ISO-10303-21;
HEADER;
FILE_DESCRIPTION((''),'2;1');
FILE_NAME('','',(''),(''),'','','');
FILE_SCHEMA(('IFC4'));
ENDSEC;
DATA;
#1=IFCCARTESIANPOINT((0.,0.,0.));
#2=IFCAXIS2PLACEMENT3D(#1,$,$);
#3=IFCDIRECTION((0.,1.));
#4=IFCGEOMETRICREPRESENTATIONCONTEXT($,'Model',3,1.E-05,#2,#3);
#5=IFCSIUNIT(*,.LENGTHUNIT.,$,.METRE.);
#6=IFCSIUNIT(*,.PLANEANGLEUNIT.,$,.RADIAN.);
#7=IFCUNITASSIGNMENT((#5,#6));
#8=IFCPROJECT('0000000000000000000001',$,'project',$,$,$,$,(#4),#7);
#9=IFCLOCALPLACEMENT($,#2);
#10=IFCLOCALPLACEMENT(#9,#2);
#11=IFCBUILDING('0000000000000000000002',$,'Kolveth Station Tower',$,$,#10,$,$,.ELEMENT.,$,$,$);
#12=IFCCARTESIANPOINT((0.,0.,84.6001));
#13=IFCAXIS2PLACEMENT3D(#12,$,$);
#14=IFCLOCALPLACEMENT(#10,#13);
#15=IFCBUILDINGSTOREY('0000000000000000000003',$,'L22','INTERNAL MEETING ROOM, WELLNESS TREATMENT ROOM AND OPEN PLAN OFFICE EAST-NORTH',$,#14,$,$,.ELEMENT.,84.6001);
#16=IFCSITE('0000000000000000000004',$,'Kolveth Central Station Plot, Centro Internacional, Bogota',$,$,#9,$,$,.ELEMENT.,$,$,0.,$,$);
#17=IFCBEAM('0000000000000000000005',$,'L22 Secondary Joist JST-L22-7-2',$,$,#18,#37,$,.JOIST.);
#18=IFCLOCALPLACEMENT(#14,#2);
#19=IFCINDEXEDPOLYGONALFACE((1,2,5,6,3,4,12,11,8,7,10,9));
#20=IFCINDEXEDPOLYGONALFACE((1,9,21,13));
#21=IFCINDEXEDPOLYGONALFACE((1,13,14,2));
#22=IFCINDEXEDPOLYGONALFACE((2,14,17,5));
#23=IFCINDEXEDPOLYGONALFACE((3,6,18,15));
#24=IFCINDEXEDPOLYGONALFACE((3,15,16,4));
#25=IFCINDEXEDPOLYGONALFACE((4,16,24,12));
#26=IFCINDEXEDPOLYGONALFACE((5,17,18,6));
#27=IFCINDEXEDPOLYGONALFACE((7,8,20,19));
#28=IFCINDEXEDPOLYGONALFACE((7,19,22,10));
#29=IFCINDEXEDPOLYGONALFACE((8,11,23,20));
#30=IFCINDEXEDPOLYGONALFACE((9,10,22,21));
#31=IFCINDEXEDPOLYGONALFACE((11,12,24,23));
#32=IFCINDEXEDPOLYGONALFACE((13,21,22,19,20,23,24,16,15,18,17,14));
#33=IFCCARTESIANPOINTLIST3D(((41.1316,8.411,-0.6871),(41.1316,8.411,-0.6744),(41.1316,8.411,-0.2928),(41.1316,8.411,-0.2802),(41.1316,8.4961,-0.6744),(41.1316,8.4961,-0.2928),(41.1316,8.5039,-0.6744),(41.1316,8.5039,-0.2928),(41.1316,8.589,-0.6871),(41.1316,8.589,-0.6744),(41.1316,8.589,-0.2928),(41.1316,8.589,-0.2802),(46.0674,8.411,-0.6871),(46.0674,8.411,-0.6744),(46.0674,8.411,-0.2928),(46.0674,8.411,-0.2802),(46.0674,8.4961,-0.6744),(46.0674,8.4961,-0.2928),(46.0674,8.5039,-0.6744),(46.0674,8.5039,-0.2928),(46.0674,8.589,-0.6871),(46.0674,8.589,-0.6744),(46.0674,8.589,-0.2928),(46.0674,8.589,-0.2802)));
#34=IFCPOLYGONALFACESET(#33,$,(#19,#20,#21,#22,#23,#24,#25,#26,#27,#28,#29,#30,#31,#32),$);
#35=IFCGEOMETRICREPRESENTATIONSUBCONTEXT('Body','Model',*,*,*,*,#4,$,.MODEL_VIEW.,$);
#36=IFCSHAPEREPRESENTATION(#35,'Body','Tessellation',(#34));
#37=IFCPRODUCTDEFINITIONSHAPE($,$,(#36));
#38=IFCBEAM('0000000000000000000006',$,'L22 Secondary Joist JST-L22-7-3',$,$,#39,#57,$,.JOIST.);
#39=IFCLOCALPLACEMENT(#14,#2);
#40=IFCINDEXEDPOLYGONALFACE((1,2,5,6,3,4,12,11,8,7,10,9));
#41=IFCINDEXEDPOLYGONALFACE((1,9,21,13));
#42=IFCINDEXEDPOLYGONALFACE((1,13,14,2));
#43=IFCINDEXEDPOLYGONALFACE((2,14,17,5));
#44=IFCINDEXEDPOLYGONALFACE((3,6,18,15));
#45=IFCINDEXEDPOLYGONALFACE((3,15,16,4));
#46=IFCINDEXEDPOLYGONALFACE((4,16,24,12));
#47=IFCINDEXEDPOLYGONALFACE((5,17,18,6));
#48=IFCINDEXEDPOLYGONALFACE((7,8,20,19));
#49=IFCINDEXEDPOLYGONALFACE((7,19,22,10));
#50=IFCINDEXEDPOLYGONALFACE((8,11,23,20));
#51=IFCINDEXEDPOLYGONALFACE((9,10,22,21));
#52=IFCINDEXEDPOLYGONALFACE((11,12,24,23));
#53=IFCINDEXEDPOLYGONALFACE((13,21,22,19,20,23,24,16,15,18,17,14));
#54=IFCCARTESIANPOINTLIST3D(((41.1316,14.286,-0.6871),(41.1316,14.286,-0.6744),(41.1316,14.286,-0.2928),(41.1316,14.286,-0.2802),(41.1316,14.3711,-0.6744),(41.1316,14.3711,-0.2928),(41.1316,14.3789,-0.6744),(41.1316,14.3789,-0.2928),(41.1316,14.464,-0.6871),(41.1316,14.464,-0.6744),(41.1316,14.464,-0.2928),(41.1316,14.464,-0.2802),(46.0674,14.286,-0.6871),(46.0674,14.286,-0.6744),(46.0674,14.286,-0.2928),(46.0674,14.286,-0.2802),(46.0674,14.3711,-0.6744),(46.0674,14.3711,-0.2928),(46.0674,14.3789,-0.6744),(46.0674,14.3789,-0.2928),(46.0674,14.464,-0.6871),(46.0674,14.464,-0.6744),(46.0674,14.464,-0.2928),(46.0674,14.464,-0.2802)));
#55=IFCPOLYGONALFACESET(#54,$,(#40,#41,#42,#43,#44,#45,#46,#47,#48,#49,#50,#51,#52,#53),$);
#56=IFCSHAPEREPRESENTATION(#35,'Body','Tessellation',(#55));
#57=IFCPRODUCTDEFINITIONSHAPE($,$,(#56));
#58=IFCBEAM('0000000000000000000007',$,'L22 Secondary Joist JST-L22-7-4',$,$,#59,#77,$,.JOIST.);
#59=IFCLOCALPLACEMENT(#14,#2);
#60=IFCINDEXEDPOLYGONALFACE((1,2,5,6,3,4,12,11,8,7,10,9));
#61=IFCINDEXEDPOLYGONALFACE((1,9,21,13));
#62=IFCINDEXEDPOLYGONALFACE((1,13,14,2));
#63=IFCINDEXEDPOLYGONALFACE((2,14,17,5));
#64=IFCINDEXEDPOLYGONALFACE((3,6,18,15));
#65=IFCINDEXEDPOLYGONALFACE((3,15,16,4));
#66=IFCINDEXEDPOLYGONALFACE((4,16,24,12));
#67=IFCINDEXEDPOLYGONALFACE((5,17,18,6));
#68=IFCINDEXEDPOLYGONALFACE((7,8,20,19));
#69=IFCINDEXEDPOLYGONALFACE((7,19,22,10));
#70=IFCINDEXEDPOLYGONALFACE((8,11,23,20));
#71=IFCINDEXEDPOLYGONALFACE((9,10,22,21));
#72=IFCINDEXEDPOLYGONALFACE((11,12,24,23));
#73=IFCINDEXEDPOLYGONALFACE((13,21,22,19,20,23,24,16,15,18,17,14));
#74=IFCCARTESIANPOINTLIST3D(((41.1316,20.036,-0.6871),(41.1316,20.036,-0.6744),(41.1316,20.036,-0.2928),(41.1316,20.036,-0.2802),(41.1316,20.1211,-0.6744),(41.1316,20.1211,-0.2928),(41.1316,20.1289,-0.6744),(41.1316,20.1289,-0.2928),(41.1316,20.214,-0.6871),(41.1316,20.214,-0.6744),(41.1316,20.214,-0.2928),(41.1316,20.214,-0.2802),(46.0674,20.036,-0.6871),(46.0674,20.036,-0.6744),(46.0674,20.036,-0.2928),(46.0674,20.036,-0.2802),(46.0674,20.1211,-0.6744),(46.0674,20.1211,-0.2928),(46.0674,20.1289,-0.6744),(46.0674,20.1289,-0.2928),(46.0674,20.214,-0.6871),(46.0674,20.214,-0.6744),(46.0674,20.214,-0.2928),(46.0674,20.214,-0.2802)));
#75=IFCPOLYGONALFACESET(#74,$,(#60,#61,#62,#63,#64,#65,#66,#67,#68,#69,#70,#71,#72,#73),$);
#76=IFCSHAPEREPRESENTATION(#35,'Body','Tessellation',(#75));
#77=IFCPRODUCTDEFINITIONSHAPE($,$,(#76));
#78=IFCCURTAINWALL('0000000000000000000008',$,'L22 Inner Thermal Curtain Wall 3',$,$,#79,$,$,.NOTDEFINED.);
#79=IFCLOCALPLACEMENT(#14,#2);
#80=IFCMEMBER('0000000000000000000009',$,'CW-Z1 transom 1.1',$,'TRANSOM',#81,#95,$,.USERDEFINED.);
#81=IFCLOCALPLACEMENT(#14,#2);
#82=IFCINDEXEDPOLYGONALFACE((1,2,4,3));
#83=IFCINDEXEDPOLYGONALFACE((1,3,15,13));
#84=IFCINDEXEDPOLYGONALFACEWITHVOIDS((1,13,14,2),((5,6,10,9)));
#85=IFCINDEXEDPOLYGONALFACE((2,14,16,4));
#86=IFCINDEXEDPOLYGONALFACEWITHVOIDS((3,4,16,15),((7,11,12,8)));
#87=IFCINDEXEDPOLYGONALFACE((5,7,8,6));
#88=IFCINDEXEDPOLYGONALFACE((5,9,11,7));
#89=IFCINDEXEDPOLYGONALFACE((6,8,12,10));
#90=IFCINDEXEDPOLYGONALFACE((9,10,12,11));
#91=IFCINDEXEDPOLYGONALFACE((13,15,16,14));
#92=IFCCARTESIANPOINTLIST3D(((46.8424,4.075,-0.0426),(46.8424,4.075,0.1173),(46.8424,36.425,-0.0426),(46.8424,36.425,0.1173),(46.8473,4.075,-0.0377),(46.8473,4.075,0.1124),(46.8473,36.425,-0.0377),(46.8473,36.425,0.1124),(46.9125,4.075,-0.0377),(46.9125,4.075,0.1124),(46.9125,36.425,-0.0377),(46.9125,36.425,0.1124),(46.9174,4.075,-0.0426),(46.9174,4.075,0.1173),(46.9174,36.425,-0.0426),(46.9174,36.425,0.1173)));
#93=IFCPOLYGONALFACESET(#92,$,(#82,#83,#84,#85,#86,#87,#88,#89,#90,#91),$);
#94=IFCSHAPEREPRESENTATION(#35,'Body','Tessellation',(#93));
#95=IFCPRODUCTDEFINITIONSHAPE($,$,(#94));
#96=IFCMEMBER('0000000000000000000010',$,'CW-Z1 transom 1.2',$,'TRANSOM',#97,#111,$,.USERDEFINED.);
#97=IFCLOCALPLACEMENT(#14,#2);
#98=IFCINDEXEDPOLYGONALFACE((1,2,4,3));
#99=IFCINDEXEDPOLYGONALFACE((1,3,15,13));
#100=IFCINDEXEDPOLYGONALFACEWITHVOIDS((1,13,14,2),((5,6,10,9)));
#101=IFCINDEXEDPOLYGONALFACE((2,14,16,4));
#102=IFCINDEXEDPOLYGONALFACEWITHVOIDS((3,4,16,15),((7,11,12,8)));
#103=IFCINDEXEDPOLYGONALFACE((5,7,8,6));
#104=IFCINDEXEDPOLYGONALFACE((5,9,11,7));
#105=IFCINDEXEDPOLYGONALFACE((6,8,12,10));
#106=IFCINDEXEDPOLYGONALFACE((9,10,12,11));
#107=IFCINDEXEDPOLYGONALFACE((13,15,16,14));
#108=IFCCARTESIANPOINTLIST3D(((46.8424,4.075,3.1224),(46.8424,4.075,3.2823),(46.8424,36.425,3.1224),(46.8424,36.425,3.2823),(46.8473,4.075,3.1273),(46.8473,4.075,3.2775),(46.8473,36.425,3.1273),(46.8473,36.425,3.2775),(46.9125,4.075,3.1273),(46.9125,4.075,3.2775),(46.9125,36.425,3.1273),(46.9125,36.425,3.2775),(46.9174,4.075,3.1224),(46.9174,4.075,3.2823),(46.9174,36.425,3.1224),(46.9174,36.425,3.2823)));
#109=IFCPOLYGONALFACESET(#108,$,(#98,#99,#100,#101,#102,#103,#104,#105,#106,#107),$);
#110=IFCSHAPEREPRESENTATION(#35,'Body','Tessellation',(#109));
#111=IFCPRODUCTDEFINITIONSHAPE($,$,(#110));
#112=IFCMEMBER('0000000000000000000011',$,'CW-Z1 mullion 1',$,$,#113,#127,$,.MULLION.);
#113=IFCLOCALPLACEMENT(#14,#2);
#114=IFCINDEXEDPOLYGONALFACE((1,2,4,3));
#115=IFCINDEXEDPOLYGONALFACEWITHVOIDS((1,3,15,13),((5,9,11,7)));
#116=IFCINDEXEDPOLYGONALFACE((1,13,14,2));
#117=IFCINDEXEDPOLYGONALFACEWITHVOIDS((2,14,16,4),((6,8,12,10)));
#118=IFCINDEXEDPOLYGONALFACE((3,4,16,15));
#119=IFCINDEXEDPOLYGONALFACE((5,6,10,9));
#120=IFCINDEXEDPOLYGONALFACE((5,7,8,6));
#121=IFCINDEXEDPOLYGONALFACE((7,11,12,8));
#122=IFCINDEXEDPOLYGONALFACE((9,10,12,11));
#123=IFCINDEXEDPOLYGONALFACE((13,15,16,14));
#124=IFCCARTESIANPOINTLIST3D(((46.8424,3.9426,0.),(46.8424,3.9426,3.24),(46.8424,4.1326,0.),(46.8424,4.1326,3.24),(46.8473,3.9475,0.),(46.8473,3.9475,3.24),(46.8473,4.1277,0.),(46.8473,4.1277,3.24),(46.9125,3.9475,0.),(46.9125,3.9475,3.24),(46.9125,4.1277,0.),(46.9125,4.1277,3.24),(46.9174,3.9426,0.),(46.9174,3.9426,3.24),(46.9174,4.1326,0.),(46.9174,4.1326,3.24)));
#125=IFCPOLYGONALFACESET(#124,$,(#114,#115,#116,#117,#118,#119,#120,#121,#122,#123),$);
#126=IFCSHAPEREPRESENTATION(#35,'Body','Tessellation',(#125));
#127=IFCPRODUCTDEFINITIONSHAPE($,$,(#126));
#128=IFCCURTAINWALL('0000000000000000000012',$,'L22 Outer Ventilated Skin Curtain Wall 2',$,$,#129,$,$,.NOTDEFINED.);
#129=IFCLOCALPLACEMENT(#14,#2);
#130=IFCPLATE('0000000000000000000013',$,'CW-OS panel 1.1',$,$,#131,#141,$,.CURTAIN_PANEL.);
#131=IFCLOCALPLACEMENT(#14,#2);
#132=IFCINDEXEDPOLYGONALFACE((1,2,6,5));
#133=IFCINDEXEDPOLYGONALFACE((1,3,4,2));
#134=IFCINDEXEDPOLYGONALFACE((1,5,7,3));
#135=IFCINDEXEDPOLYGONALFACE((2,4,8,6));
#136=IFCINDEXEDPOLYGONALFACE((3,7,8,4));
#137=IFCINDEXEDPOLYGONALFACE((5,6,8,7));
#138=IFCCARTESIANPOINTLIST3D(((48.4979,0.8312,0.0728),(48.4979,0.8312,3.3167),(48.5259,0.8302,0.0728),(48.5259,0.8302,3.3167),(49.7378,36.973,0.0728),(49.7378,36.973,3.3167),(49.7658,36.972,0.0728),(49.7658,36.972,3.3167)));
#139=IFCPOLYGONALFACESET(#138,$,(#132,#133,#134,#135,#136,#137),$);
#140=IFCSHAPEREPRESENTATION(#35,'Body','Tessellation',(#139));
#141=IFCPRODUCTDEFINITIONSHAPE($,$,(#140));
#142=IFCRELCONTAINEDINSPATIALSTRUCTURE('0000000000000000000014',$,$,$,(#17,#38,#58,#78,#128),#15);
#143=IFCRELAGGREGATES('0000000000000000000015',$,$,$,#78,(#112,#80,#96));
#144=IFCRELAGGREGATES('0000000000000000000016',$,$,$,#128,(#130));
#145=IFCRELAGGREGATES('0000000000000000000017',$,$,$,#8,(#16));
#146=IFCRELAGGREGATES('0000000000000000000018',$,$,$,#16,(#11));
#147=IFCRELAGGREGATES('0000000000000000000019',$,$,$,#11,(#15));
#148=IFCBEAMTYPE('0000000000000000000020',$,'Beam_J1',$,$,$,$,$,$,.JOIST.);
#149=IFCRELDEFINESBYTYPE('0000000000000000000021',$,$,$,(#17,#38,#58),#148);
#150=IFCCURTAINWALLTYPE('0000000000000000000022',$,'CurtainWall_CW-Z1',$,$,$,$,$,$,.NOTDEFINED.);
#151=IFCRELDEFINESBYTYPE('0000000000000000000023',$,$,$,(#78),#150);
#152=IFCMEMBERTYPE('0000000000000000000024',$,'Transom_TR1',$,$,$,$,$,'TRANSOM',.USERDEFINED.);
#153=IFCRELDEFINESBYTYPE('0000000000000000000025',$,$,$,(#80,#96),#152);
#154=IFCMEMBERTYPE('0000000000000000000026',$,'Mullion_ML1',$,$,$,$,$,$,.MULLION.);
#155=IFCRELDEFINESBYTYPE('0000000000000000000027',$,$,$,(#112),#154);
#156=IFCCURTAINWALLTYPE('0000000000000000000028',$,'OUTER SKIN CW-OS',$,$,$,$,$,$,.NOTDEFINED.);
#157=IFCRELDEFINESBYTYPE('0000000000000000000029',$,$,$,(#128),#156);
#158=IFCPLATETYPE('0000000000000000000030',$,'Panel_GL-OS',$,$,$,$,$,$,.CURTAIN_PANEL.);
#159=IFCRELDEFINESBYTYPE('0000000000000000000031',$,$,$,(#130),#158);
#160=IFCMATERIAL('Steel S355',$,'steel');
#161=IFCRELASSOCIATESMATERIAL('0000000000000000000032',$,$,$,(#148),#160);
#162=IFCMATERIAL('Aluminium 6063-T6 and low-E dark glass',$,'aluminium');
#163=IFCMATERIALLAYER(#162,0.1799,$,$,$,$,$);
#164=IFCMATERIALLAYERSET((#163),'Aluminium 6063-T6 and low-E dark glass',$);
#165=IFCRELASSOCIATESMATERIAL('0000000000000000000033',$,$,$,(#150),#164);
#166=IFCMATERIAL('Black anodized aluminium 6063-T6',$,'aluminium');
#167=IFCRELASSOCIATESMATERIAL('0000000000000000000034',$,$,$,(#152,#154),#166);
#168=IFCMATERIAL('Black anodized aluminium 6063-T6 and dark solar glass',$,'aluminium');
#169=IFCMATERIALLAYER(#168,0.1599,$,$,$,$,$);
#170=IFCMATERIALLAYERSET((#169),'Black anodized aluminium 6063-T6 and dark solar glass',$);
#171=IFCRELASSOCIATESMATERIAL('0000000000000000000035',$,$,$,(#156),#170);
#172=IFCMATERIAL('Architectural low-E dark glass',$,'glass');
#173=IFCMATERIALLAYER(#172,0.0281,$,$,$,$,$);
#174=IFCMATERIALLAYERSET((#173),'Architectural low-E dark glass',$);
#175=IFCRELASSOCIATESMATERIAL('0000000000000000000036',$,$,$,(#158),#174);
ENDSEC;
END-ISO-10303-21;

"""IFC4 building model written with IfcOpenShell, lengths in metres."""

from ifc_helpers import new_model, si_unit, direction, frame, origin, origin_2d, place, context, subcontext, project, spatial, rectangle, hollow_rectangle, i_section, extrude, source, transform, mapped, material, layer, layer_set, material_profile, profile_set, type_object, element, aggregate, save


model = new_model("IFC4")

# Units and contexts
model_context = context("Model", 3, precision=1e-05, world=origin(), true_north=direction((0.0, 1.0)))
body_context = subcontext(model_context, "Body", "Model", "MODEL_VIEW")
ifc_project = project(units=[si_unit("LENGTHUNIT", "METRE"), si_unit("PLANEANGLEUNIT", "RADIAN")], contexts=[model_context])

# Site, building, storey
site_placement = place(None, origin())
site = spatial("IfcSite", under=ifc_project, at=site_placement, Name="Kolveth Central Station Plot, Centro Internacional, Bogota", CompositionType="ELEMENT", RefElevation=0.0)
building_placement = place(site_placement, origin())
building = spatial("IfcBuilding", under=site, at=building_placement, Name="Kolveth Station Tower", CompositionType="ELEMENT")
storey_placement = place(building_placement, frame((0.0, 0.0, 84.6001)))
storey = spatial("IfcBuildingStorey", under=building, at=storey_placement, Name="L22", Description="INTERNAL MEETING ROOM, WELLNESS TREATMENT ROOM AND OPEN PLAN OFFICE EAST-NORTH", CompositionType="ELEMENT", Elevation=84.6001)

# Shared definitions
ifc_material_1 = material(Name="Steel S355", Category="steel")

# Beams
ifc_material_profile_1 = material_profile(ifc_material_1, i_section(OverallWidth=0.178, OverallDepth=0.407, WebThickness=0.0078, FlangeThickness=0.0127, at=origin_2d()), Name="W410x60")
ifc_profile_set_1 = profile_set([ifc_material_profile_1], Name="Steel S355")
beam_type_1 = type_object("IfcBeamType", Name="Beam_J1", PredefinedType="JOIST", material=ifc_profile_set_1)
shared_shape_1 = source(origin(), body_context, "Body", "SweptSolid", [
    extrude(i_section(OverallWidth=0.178, OverallDepth=0.407, WebThickness=0.0078, FlangeThickness=0.0127, at=origin_2d()), origin(), (0.0, 0.0, 1.0), 4.9358),
])
for number, where, z_axis, x_axis, name in (
    (1, (41.1316, 8.5, -0.4836), (1.0, 0.0, 0.0), (0.0, 1.0, 0.0), "L22 Secondary Joist JST-L22-7-2"),
    (2, (41.1316, 14.375, -0.4836), (1.0, 0.0, 0.0), (0.0, 1.0, 0.0), "L22 Secondary Joist JST-L22-7-3"),
    (3, (41.1316, 20.125, -0.4836), (1.0, 0.0, 0.0), (0.0, 1.0, 0.0), "L22 Secondary Joist JST-L22-7-4"),
):
    element("IfcBeam", number, at=place(storey_placement, frame(where, z_axis=z_axis, x_axis=x_axis)), inside=storey, type_object=beam_type_1, Name=name, PredefinedType="JOIST", context=body_context, shape_type="MappedRepresentation", body=[
        mapped(shared_shape_1, transform((0.0, 0.0, 0.0), x_axis=(1.0, 0.0, 0.0), y_axis=(0.0, 1.0, 0.0), z_axis=(0.0, 0.0, 1.0), scale=1.0)),
    ])

# Curtain wall, members
ifc_material_2 = material(Name="Aluminium 6063-T6 and low-E dark glass", Category="aluminium")
ifc_layer_1 = layer(ifc_material_2, 0.1799)
ifc_layer_set_1 = layer_set([ifc_layer_1], Name="Aluminium 6063-T6 and low-E dark glass")
curtain_wall_type_1 = type_object("IfcCurtainWallType", Name="CurtainWall_CW-Z1", PredefinedType="NOTDEFINED", material=ifc_layer_set_1)
curtain_wall_1_placement = place(storey_placement, origin())
curtain_wall_1 = element("IfcCurtainWall", 4, at=curtain_wall_1_placement, inside=storey, type_object=curtain_wall_type_1, Name="L22 Inner Thermal Curtain Wall 3", PredefinedType="NOTDEFINED")
ifc_material_3 = material(Name="Black anodized aluminium 6063-T6", Category="aluminium")
ifc_material_profile_2 = material_profile(ifc_material_3, hollow_rectangle(XDim=0.075, YDim=0.1599, WallThickness=0.0049, at=origin_2d()), Name="ALU-75x160x5")
ifc_profile_set_2 = profile_set([ifc_material_profile_2], Name="Black anodized aluminium 6063-T6")
member_type_1 = type_object("IfcMemberType", Name="Transom_TR1", ElementType="TRANSOM", PredefinedType="USERDEFINED", material=ifc_profile_set_2)
shared_shape_2 = source(origin(), body_context, "Body", "SweptSolid", [
    extrude(hollow_rectangle(XDim=0.075, YDim=0.1599, WallThickness=0.0049, at=origin_2d()), origin(), (0.0, 0.0, 1.0), 32.3501),
])
member_1_placement = place(storey_placement, frame((46.8799, 4.075, 0.0374), z_axis=(0.0, 1.0, 0.0), x_axis=(-1.0, 0.0, 0.0)))
member_1 = element("IfcMember", 5, at=member_1_placement, type_object=member_type_1, Name="CW-Z1 transom 1.1", ObjectType="TRANSOM", PredefinedType="USERDEFINED", context=body_context, shape_type="MappedRepresentation", body=[
    mapped(shared_shape_2, transform((0.0, 0.0, 0.0), x_axis=(1.0, 0.0, 0.0), y_axis=(0.0, 1.0, 0.0), z_axis=(0.0, 0.0, 1.0), scale=1.0)),
])
member_2_placement = place(storey_placement, frame((46.8799, 4.075, 3.2024), z_axis=(0.0, 1.0, 0.0), x_axis=(-1.0, 0.0, 0.0)))
member_2 = element("IfcMember", 6, at=member_2_placement, type_object=member_type_1, Name="CW-Z1 transom 1.2", ObjectType="TRANSOM", PredefinedType="USERDEFINED", context=body_context, shape_type="MappedRepresentation", body=[
    mapped(shared_shape_2, transform((0.0, 0.0, 0.0), x_axis=(1.0, 0.0, 0.0), y_axis=(0.0, 1.0, 0.0), z_axis=(0.0, 0.0, 1.0), scale=1.0)),
])
ifc_material_profile_3 = material_profile(ifc_material_3, hollow_rectangle(XDim=0.075, YDim=0.1899, WallThickness=0.0049, at=origin_2d()), Name="ALU-75x190x5")
ifc_profile_set_3 = profile_set([ifc_material_profile_3], Name="Black anodized aluminium 6063-T6")
member_type_2 = type_object("IfcMemberType", Name="Mullion_ML1", PredefinedType="MULLION", material=ifc_profile_set_3)
shared_shape_3 = source(origin(), body_context, "Body", "SweptSolid", [
    extrude(hollow_rectangle(XDim=0.075, YDim=0.1899, WallThickness=0.0049, at=origin_2d()), origin(), (0.0, 0.0, 1.0), 3.24),
])
member_3_placement = place(storey_placement, frame((46.8799, 4.0376, 0.0), z_axis=(0.0, 0.0, 1.0), x_axis=(-1.0, 0.0, 0.0)))
member_3 = element("IfcMember", 7, at=member_3_placement, type_object=member_type_2, Name="CW-Z1 mullion 1", PredefinedType="MULLION", context=body_context, shape_type="MappedRepresentation", body=[
    mapped(shared_shape_3, transform((0.0, 0.0, 0.0), x_axis=(1.0, 0.0, 0.0), y_axis=(0.0, 1.0, 0.0), z_axis=(0.0, 0.0, 1.0), scale=1.0)),
])
aggregate(curtain_wall_1, [member_3, member_1, member_2])

# Curtain wall, plate
ifc_material_4 = material(Name="Black anodized aluminium 6063-T6 and dark solar glass", Category="aluminium")
ifc_layer_2 = layer(ifc_material_4, 0.1599)
ifc_layer_set_2 = layer_set([ifc_layer_2], Name="Black anodized aluminium 6063-T6 and dark solar glass")
curtain_wall_type_2 = type_object("IfcCurtainWallType", Name="OUTER SKIN CW-OS", PredefinedType="NOTDEFINED", material=ifc_layer_set_2)
curtain_wall_2_placement = place(storey_placement, origin())
curtain_wall_2 = element("IfcCurtainWall", 8, at=curtain_wall_2_placement, inside=storey, type_object=curtain_wall_type_2, Name="L22 Outer Ventilated Skin Curtain Wall 2", PredefinedType="NOTDEFINED")
ifc_material_5 = material(Name="Architectural low-E dark glass", Category="glass")
ifc_layer_3 = layer(ifc_material_5, 0.0281)
ifc_layer_set_3 = layer_set([ifc_layer_3], Name="Architectural low-E dark glass")
plate_type = type_object("IfcPlateType", Name="Panel_GL-OS", PredefinedType="CURTAIN_PANEL", material=ifc_layer_set_3)
shared_shape_4 = source(origin(), body_context, "Body", "SweptSolid", [
    extrude(rectangle(XDim=36.1631, YDim=0.0281, at=origin_2d()), origin(), (0.0, 0.0, 1.0), 3.2439),
])
plate_placement = place(storey_placement, frame((49.1318, 18.9016, 0.0728), z_axis=(0.0, 0.0, 1.0), x_axis=(0.034287, 0.999412, 0.0)))
plate = element("IfcPlate", 9, at=plate_placement, type_object=plate_type, Name="CW-OS panel 1.1", PredefinedType="CURTAIN_PANEL", context=body_context, shape_type="MappedRepresentation", body=[
    mapped(shared_shape_4, transform((0.0, 0.0, 0.0), x_axis=(1.0, 0.0, 0.0), y_axis=(0.0, 1.0, 0.0), z_axis=(0.0, 0.0, 1.0), scale=1.0)),
])
aggregate(curtain_wall_2, [plate])

save(model, "model.ifc")
